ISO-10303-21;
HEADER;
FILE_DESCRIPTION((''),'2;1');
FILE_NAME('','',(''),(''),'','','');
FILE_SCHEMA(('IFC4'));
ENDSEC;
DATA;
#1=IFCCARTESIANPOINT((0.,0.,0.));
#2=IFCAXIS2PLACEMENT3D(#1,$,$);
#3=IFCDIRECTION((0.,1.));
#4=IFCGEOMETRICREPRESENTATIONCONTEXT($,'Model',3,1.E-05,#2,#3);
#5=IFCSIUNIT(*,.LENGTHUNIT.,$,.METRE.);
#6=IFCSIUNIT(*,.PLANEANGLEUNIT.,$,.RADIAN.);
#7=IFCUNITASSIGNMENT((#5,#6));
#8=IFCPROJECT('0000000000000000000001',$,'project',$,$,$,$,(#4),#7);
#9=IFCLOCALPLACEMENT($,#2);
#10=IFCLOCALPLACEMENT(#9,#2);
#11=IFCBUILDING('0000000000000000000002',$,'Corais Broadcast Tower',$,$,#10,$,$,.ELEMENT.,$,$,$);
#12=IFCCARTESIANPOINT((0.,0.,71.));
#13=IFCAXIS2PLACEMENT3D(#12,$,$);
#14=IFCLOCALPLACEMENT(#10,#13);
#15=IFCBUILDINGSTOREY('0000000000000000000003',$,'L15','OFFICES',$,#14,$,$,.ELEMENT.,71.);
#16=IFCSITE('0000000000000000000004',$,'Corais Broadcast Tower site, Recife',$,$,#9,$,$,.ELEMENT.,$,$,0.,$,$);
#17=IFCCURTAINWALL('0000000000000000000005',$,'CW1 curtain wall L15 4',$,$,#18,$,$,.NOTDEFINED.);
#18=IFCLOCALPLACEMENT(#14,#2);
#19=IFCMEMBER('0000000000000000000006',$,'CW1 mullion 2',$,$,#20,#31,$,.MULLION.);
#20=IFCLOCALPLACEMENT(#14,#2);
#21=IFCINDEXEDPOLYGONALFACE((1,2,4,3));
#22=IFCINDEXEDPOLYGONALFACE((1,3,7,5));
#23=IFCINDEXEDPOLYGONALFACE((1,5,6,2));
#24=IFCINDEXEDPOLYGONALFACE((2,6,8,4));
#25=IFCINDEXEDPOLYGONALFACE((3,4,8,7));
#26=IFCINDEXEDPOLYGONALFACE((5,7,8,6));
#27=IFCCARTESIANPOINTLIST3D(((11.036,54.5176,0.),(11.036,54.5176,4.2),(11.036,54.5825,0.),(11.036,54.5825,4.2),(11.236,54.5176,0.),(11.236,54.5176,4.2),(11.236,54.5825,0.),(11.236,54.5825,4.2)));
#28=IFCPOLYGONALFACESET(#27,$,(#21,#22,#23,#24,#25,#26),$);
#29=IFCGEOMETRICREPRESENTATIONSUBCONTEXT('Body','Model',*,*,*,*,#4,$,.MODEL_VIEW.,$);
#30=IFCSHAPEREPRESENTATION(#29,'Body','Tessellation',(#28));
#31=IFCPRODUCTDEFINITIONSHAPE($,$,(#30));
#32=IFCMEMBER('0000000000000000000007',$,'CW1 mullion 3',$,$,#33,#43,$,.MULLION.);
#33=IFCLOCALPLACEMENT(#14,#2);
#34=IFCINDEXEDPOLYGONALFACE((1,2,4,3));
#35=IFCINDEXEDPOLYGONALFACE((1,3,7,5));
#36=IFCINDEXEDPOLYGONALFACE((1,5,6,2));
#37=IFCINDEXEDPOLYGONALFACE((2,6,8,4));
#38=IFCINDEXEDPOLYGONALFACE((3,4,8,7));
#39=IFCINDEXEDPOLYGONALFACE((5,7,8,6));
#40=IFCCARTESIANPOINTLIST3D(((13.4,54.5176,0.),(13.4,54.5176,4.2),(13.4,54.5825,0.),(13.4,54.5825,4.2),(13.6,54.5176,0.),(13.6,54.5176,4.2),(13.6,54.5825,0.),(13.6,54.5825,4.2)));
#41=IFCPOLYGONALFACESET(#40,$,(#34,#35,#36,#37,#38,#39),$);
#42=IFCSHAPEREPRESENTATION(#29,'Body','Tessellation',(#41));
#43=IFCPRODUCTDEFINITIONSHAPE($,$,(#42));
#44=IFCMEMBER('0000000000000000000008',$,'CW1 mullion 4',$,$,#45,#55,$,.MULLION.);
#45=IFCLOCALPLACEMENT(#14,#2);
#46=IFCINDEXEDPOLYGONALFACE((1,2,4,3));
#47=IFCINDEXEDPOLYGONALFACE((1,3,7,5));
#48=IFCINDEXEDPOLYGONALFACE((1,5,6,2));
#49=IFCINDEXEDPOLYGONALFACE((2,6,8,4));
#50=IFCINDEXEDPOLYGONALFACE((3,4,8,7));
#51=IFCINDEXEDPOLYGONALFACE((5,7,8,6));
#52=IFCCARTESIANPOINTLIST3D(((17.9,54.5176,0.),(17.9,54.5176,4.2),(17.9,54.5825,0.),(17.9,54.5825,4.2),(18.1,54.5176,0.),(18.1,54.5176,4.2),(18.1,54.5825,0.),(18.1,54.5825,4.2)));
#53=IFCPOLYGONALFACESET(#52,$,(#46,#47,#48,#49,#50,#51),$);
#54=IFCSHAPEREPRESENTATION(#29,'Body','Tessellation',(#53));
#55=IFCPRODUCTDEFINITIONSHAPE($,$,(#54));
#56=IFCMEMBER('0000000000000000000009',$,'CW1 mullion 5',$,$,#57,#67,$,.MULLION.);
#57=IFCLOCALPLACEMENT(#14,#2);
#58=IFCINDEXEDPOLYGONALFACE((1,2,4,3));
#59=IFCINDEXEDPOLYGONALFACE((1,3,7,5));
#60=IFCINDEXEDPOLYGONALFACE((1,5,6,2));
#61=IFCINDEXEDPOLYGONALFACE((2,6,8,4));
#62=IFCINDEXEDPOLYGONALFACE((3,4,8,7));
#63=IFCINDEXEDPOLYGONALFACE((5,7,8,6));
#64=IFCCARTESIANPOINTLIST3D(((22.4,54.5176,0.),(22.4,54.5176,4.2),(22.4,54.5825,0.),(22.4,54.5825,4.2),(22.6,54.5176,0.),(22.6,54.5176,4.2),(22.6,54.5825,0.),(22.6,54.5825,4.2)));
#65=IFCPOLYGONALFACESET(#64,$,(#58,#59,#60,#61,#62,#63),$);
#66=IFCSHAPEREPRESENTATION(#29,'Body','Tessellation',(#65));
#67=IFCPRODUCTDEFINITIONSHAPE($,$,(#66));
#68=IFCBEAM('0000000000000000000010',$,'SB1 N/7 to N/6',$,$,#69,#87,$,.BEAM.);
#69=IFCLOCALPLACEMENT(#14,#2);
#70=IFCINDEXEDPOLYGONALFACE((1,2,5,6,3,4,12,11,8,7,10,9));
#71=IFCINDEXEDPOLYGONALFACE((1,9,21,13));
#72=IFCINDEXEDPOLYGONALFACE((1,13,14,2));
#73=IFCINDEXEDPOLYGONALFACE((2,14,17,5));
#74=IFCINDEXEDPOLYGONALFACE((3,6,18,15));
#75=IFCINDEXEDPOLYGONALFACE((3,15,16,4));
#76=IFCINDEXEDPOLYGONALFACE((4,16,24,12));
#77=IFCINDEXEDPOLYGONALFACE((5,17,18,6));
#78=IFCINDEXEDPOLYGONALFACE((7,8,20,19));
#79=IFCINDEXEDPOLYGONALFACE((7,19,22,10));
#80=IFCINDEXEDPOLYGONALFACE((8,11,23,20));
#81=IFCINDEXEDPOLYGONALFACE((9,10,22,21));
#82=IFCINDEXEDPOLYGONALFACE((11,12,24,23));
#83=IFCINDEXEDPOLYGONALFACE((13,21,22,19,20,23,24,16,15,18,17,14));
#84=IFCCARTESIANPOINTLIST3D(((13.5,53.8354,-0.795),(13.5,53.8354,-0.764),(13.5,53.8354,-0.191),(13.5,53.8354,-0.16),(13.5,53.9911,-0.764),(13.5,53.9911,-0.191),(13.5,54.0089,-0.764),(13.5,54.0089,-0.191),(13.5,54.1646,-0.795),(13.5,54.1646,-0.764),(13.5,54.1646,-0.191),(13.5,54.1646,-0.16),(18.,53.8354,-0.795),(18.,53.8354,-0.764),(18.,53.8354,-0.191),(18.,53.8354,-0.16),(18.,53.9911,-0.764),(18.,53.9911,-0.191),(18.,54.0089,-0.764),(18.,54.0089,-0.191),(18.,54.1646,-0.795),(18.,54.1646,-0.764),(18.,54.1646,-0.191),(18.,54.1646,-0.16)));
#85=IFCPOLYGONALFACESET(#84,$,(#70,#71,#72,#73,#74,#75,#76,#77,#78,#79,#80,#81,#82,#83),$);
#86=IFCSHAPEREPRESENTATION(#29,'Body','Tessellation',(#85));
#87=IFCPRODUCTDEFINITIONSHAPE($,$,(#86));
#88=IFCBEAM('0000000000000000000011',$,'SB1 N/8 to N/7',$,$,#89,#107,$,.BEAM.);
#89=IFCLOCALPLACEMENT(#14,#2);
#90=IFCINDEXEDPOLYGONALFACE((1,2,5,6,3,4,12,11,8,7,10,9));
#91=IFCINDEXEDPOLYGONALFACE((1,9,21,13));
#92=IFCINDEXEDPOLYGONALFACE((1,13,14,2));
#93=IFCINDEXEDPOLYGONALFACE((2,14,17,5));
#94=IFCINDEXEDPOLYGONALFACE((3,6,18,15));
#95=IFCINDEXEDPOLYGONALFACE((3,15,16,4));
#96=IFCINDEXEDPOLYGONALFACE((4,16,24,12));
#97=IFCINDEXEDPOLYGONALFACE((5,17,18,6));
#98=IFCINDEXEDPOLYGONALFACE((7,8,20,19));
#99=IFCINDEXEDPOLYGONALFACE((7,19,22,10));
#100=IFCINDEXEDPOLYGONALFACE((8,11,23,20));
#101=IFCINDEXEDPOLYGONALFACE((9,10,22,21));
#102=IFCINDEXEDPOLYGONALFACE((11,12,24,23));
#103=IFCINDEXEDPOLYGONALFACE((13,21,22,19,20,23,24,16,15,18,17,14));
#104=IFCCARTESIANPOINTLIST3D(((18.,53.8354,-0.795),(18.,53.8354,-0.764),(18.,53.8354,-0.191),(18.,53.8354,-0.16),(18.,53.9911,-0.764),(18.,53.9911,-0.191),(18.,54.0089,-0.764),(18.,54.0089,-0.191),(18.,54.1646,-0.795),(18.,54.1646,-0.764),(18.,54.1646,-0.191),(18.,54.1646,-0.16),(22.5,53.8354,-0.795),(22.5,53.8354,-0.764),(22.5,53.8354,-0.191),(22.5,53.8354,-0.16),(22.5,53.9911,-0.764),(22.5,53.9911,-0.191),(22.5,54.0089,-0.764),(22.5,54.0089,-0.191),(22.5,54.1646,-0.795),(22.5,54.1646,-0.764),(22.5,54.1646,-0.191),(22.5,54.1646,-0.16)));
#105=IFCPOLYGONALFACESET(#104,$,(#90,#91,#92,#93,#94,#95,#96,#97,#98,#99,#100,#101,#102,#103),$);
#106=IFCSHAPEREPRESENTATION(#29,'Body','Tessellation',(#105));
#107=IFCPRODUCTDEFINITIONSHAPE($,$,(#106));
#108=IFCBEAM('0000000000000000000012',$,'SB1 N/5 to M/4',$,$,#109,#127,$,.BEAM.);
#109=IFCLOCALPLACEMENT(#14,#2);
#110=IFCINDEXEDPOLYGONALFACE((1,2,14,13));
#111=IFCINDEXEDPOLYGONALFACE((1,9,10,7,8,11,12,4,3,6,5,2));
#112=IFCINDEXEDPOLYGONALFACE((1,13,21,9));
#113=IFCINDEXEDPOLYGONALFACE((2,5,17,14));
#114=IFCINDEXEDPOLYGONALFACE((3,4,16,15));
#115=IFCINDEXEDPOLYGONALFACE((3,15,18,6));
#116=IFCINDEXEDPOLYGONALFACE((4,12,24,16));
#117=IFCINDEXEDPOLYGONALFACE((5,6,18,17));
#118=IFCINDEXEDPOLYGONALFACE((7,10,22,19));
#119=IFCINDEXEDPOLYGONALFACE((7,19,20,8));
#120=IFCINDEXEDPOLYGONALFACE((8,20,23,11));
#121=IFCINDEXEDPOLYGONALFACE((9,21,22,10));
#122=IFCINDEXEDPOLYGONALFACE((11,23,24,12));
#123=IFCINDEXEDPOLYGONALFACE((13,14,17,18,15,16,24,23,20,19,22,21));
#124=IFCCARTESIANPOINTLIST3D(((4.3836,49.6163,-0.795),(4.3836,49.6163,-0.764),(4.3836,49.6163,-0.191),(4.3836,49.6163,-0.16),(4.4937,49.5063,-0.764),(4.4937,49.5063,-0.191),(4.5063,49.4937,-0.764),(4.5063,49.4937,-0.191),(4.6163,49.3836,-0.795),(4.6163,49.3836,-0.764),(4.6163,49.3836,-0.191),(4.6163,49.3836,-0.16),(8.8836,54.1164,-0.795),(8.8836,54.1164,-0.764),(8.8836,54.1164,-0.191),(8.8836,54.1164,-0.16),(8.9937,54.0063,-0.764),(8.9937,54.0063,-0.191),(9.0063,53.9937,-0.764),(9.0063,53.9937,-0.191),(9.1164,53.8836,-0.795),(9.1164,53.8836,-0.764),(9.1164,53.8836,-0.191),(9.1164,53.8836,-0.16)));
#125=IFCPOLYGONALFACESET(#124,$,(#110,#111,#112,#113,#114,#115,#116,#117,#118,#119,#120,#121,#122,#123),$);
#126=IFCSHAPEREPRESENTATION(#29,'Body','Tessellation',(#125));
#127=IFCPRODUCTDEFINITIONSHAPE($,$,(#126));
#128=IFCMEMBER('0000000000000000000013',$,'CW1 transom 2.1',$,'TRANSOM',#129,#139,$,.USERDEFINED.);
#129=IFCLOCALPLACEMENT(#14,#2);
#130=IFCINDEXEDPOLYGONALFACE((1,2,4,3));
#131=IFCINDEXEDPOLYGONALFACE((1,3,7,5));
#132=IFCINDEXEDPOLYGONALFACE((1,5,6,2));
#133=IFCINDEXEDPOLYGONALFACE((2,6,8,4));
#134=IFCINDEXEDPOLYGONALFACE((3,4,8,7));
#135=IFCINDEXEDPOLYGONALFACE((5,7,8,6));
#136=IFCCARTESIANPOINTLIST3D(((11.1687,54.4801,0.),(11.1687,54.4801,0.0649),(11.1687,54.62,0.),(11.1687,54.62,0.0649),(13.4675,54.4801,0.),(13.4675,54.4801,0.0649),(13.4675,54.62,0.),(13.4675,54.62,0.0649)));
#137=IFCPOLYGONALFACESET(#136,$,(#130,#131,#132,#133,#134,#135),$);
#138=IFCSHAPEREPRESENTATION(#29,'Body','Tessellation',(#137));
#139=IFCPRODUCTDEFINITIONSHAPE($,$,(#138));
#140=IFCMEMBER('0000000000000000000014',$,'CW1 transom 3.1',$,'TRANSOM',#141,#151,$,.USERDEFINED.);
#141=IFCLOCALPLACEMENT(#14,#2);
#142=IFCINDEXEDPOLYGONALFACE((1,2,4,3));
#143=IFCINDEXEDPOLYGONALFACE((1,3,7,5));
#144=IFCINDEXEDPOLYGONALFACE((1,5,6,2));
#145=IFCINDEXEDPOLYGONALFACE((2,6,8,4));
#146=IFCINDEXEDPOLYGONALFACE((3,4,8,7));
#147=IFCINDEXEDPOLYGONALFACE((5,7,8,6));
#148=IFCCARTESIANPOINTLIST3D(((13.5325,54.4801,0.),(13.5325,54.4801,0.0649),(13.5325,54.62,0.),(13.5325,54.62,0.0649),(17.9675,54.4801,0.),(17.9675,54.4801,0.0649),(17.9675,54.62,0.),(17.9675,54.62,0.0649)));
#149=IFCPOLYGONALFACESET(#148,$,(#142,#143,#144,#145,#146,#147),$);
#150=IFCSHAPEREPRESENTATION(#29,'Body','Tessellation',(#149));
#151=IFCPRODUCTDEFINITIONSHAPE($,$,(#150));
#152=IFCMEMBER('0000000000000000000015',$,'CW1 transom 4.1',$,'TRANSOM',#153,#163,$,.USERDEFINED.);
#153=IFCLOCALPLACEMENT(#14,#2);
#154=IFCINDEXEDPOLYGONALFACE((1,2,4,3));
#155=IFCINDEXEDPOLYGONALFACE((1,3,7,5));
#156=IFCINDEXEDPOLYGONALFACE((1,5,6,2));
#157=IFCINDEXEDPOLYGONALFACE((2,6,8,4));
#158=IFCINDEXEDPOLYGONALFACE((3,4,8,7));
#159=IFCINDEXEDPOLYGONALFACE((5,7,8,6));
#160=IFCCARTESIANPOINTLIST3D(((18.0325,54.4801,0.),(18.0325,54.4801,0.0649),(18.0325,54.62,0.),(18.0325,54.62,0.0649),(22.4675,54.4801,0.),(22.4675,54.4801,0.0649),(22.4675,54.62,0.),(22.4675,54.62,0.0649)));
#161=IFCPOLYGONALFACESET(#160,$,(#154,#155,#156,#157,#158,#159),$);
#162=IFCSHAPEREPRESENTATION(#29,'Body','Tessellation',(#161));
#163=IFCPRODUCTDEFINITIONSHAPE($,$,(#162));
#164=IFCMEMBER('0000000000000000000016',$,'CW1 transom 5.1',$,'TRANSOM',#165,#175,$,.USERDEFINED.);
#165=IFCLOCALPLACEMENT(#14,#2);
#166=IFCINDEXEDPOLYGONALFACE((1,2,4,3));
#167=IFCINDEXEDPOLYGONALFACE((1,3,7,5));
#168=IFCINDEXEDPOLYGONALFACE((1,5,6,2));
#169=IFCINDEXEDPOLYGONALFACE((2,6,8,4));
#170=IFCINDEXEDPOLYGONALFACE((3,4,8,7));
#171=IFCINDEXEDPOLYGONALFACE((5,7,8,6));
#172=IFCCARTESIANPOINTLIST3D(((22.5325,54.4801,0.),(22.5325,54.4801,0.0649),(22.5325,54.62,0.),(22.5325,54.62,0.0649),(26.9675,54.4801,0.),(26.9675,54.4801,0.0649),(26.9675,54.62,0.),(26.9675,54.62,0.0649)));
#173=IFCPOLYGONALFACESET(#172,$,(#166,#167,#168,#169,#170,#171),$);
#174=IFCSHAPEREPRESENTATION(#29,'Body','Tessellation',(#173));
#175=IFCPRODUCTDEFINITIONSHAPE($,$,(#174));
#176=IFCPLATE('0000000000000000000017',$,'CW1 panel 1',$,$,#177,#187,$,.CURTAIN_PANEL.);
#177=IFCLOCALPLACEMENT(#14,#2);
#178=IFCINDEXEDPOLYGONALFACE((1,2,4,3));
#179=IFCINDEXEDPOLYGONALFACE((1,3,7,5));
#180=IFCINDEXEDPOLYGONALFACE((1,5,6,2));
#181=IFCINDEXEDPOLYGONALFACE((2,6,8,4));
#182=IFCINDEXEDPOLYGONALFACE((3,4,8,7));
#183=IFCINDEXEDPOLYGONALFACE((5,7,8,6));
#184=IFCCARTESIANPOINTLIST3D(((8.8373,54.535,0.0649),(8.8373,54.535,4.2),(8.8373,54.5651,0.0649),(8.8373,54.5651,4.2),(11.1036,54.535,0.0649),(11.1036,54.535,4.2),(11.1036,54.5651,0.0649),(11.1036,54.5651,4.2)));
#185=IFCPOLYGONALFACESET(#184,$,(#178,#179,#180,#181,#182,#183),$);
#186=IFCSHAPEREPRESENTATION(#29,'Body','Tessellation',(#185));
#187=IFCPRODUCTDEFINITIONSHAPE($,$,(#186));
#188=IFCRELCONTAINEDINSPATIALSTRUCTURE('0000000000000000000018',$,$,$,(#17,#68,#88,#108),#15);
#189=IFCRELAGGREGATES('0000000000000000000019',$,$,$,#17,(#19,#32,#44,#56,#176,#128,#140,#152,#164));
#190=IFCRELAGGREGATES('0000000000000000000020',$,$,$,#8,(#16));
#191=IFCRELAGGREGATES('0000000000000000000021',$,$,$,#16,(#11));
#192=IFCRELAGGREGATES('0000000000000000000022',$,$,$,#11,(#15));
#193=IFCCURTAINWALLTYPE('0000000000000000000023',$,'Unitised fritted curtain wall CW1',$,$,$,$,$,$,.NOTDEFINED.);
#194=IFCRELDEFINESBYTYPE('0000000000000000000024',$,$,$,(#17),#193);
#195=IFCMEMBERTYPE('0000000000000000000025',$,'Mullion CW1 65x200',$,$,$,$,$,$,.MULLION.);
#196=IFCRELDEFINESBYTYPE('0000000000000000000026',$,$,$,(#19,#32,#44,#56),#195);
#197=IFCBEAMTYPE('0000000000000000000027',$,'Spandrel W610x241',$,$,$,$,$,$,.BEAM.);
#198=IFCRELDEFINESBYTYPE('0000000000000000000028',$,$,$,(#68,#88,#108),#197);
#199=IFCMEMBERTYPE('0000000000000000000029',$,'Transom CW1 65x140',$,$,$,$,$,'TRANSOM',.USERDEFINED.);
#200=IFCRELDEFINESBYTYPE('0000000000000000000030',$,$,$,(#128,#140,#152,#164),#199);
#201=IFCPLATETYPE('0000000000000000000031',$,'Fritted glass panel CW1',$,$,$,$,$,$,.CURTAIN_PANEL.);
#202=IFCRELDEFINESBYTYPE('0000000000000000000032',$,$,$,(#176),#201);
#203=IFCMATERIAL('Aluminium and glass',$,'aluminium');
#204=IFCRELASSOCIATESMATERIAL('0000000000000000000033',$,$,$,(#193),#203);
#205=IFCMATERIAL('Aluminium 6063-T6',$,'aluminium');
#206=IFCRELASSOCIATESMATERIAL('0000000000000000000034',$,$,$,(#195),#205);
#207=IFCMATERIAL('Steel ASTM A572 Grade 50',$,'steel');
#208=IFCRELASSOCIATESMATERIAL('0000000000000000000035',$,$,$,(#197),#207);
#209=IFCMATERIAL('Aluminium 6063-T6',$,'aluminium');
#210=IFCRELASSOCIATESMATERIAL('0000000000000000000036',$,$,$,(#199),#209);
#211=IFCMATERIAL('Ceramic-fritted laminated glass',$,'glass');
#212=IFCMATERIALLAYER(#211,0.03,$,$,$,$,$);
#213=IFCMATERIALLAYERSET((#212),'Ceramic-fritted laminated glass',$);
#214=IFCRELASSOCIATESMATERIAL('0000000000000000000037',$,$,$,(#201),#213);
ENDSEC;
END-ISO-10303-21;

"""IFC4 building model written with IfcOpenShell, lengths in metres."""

from ifc_helpers import new_model, si_unit, direction, frame, origin, origin_2d, place, context, subcontext, project, spatial, rectangle, i_section, extrude, material, layer, layer_set, material_profile, profile_set, type_object, element, aggregate, save


model = new_model("IFC4")

# Units and contexts
model_context = context("Model", 3, precision=1e-05, world=origin(), true_north=direction((0.0, 1.0)))
body_context = subcontext(model_context, "Body", "Model", "MODEL_VIEW")
ifc_project = project(units=[si_unit("LENGTHUNIT", "METRE"), si_unit("PLANEANGLEUNIT", "RADIAN")], contexts=[model_context])

# Site, building, storey
site_placement = place(None, origin())
site = spatial("IfcSite", under=ifc_project, at=site_placement, Name="Corais Broadcast Tower site, Recife", CompositionType="ELEMENT", RefElevation=0.0)
building_placement = place(site_placement, origin())
building = spatial("IfcBuilding", under=site, at=building_placement, Name="Corais Broadcast Tower", CompositionType="ELEMENT")
storey_placement = place(building_placement, frame((0.0, 0.0, 71.0)))
storey = spatial("IfcBuildingStorey", under=building, at=storey_placement, Name="L15", Description="OFFICES", CompositionType="ELEMENT", Elevation=71.0)

# Curtain wall, members
ifc_material_1 = material(Name="Aluminium and glass", Category="aluminium")
curtain_wall_type = type_object("IfcCurtainWallType", Name="Unitised fritted curtain wall CW1", PredefinedType="NOTDEFINED", material=ifc_material_1)
curtain_wall_placement = place(storey_placement, origin())
curtain_wall = element("IfcCurtainWall", 1, at=curtain_wall_placement, inside=storey, type_object=curtain_wall_type, Name="CW1 curtain wall L15 4", PredefinedType="NOTDEFINED")
ifc_material_2 = material(Name="Aluminium 6063-T6", Category="aluminium")
ifc_material_profile_1 = material_profile(ifc_material_2, rectangle(XDim=0.0649, YDim=0.2, at=origin_2d()), Name="Mullion CW1 65x200")
ifc_profile_set_1 = profile_set([ifc_material_profile_1], Name="Aluminium 6063-T6")
member_type_1 = type_object("IfcMemberType", Name="Mullion CW1 65x200", PredefinedType="MULLION", material=ifc_profile_set_1)
member_1_placement = place(storey_placement, frame((11.136, 54.55, 0.0), z_axis=(0.0, 0.0, 1.0), x_axis=(0.0, 1.0, 0.0)))
member_1 = element("IfcMember", 2, at=member_1_placement, type_object=member_type_1, Name="CW1 mullion 2", PredefinedType="MULLION", context=body_context, shape_type="SweptSolid", body=[
    extrude(rectangle(XDim=0.0649, YDim=0.2, at=origin_2d()), origin(), (0.0, 0.0, 1.0), 4.2),
])
member_2_placement = place(storey_placement, frame((13.5, 54.55, 0.0), z_axis=(0.0, 0.0, 1.0), x_axis=(0.0, 1.0, 0.0)))
member_2 = element("IfcMember", 3, at=member_2_placement, type_object=member_type_1, Name="CW1 mullion 3", PredefinedType="MULLION", context=body_context, shape_type="SweptSolid", body=[
    extrude(rectangle(XDim=0.0649, YDim=0.2, at=origin_2d()), origin(), (0.0, 0.0, 1.0), 4.2),
])
member_3_placement = place(storey_placement, frame((18.0, 54.55, 0.0), z_axis=(0.0, 0.0, 1.0), x_axis=(0.0, 1.0, 0.0)))
member_3 = element("IfcMember", 4, at=member_3_placement, type_object=member_type_1, Name="CW1 mullion 4", PredefinedType="MULLION", context=body_context, shape_type="SweptSolid", body=[
    extrude(rectangle(XDim=0.0649, YDim=0.2, at=origin_2d()), origin(), (0.0, 0.0, 1.0), 4.2),
])
member_4_placement = place(storey_placement, frame((22.5, 54.55, 0.0), z_axis=(0.0, 0.0, 1.0), x_axis=(0.0, 1.0, 0.0)))
member_4 = element("IfcMember", 5, at=member_4_placement, type_object=member_type_1, Name="CW1 mullion 5", PredefinedType="MULLION", context=body_context, shape_type="SweptSolid", body=[
    extrude(rectangle(XDim=0.0649, YDim=0.2, at=origin_2d()), origin(), (0.0, 0.0, 1.0), 4.2),
])

# Beams
ifc_material_3 = material(Name="Steel ASTM A572 Grade 50", Category="steel")
ifc_material_profile_2 = material_profile(ifc_material_3, i_section(OverallWidth=0.3291, OverallDepth=0.635, WebThickness=0.0178, FlangeThickness=0.031, at=origin_2d()), Name="W610x241")
ifc_profile_set_2 = profile_set([ifc_material_profile_2], Name="Steel ASTM A572 Grade 50")
beam_type_1 = type_object("IfcBeamType", Name="Spandrel W610x241", PredefinedType="BEAM", material=ifc_profile_set_2)
for number, where, z_axis, x_axis, name in (
    (6, (18.0, 54.0, -0.4775), (-1.0, 0.0, 0.0), (0.0, -1.0, 0.0), "SB1 N/7 to N/6"),
    (7, (22.5, 54.0, -0.4775), (-1.0, 0.0, 0.0), (0.0, -1.0, 0.0), "SB1 N/8 to N/7"),
):
    element("IfcBeam", number, at=place(storey_placement, frame(where, z_axis=z_axis, x_axis=x_axis)), inside=storey, type_object=beam_type_1, Name=name, PredefinedType="BEAM", context=body_context, shape_type="SweptSolid", body=[
        extrude(i_section(OverallWidth=0.3291, OverallDepth=0.635, WebThickness=0.0178, FlangeThickness=0.031, at=origin_2d()), origin(), (0.0, 0.0, 1.0), 4.5),
    ])
beam_1_placement = place(storey_placement, frame((9.0, 54.0, -0.4775), z_axis=(-0.707107, -0.707107, 0.0), x_axis=(0.707107, -0.707107, 0.0)))
element("IfcBeam", 8, at=beam_1_placement, inside=storey, type_object=beam_type_1, Name="SB1 N/5 to M/4", PredefinedType="BEAM", context=body_context, shape_type="SweptSolid", body=[
    extrude(i_section(OverallWidth=0.3291, OverallDepth=0.635, WebThickness=0.0178, FlangeThickness=0.031, at=origin_2d()), origin(), (0.0, 0.0, 1.0), 6.364),
])

# Members
ifc_material_4 = material(Name="Aluminium 6063-T6", Category="aluminium")
ifc_material_profile_3 = material_profile(ifc_material_4, rectangle(XDim=0.1399, YDim=0.0649, at=origin_2d()), Name="Transom CW1 65x140")
ifc_profile_set_3 = profile_set([ifc_material_profile_3], Name="Aluminium 6063-T6")
member_type_2 = type_object("IfcMemberType", Name="Transom CW1 65x140", ElementType="TRANSOM", PredefinedType="USERDEFINED", material=ifc_profile_set_3)
member_5_placement = place(storey_placement, frame((11.1687, 54.55, 0.0325), z_axis=(1.0, 0.0, 0.0), x_axis=(0.0, 1.0, 0.0)))
member_5 = element("IfcMember", 9, at=member_5_placement, type_object=member_type_2, Name="CW1 transom 2.1", ObjectType="TRANSOM", PredefinedType="USERDEFINED", context=body_context, shape_type="SweptSolid", body=[
    extrude(rectangle(XDim=0.1399, YDim=0.0649, at=origin_2d()), origin(), (0.0, 0.0, 1.0), 2.2988),
])
member_6_placement = place(storey_placement, frame((13.5325, 54.55, 0.0325), z_axis=(1.0, 0.0, 0.0), x_axis=(0.0, 1.0, 0.0)))
member_6 = element("IfcMember", 10, at=member_6_placement, type_object=member_type_2, Name="CW1 transom 3.1", ObjectType="TRANSOM", PredefinedType="USERDEFINED", context=body_context, shape_type="SweptSolid", body=[
    extrude(rectangle(XDim=0.1399, YDim=0.0649, at=origin_2d()), origin(), (0.0, 0.0, 1.0), 4.4351),
])
member_7_placement = place(storey_placement, frame((18.0325, 54.55, 0.0325), z_axis=(1.0, 0.0, 0.0), x_axis=(0.0, 1.0, 0.0)))
member_7 = element("IfcMember", 11, at=member_7_placement, type_object=member_type_2, Name="CW1 transom 4.1", ObjectType="TRANSOM", PredefinedType="USERDEFINED", context=body_context, shape_type="SweptSolid", body=[
    extrude(rectangle(XDim=0.1399, YDim=0.0649, at=origin_2d()), origin(), (0.0, 0.0, 1.0), 4.4351),
])
member_8_placement = place(storey_placement, frame((22.5325, 54.55, 0.0325), z_axis=(1.0, 0.0, 0.0), x_axis=(0.0, 1.0, 0.0)))
member_8 = element("IfcMember", 12, at=member_8_placement, type_object=member_type_2, Name="CW1 transom 5.1", ObjectType="TRANSOM", PredefinedType="USERDEFINED", context=body_context, shape_type="SweptSolid", body=[
    extrude(rectangle(XDim=0.1399, YDim=0.0649, at=origin_2d()), origin(), (0.0, 0.0, 1.0), 4.4351),
])

# Plate
ifc_material_5 = material(Name="Ceramic-fritted laminated glass", Category="glass")
ifc_layer_1 = layer(ifc_material_5, 0.03)
ifc_layer_set_1 = layer_set([ifc_layer_1], Name="Ceramic-fritted laminated glass")
plate_type_1 = type_object("IfcPlateType", Name="Fritted glass panel CW1", PredefinedType="CURTAIN_PANEL", material=ifc_layer_set_1)
plate_1_placement = place(storey_placement, frame((9.9705, 54.55, 0.0649), z_axis=(0.0, 0.0, 1.0), x_axis=(1.0, 0.0, 0.0)))
plate_1 = element("IfcPlate", 13, at=plate_1_placement, type_object=plate_type_1, Name="CW1 panel 1", PredefinedType="CURTAIN_PANEL", context=body_context, shape_type="SweptSolid", body=[
    extrude(rectangle(XDim=2.2664, YDim=0.03, at=origin_2d()), origin(), (0.0, 0.0, 1.0), 4.135),
])
aggregate(curtain_wall, [member_1, member_2, member_3, member_4, plate_1, member_5, member_6, member_7, member_8])

save(model, "model.ifc")
